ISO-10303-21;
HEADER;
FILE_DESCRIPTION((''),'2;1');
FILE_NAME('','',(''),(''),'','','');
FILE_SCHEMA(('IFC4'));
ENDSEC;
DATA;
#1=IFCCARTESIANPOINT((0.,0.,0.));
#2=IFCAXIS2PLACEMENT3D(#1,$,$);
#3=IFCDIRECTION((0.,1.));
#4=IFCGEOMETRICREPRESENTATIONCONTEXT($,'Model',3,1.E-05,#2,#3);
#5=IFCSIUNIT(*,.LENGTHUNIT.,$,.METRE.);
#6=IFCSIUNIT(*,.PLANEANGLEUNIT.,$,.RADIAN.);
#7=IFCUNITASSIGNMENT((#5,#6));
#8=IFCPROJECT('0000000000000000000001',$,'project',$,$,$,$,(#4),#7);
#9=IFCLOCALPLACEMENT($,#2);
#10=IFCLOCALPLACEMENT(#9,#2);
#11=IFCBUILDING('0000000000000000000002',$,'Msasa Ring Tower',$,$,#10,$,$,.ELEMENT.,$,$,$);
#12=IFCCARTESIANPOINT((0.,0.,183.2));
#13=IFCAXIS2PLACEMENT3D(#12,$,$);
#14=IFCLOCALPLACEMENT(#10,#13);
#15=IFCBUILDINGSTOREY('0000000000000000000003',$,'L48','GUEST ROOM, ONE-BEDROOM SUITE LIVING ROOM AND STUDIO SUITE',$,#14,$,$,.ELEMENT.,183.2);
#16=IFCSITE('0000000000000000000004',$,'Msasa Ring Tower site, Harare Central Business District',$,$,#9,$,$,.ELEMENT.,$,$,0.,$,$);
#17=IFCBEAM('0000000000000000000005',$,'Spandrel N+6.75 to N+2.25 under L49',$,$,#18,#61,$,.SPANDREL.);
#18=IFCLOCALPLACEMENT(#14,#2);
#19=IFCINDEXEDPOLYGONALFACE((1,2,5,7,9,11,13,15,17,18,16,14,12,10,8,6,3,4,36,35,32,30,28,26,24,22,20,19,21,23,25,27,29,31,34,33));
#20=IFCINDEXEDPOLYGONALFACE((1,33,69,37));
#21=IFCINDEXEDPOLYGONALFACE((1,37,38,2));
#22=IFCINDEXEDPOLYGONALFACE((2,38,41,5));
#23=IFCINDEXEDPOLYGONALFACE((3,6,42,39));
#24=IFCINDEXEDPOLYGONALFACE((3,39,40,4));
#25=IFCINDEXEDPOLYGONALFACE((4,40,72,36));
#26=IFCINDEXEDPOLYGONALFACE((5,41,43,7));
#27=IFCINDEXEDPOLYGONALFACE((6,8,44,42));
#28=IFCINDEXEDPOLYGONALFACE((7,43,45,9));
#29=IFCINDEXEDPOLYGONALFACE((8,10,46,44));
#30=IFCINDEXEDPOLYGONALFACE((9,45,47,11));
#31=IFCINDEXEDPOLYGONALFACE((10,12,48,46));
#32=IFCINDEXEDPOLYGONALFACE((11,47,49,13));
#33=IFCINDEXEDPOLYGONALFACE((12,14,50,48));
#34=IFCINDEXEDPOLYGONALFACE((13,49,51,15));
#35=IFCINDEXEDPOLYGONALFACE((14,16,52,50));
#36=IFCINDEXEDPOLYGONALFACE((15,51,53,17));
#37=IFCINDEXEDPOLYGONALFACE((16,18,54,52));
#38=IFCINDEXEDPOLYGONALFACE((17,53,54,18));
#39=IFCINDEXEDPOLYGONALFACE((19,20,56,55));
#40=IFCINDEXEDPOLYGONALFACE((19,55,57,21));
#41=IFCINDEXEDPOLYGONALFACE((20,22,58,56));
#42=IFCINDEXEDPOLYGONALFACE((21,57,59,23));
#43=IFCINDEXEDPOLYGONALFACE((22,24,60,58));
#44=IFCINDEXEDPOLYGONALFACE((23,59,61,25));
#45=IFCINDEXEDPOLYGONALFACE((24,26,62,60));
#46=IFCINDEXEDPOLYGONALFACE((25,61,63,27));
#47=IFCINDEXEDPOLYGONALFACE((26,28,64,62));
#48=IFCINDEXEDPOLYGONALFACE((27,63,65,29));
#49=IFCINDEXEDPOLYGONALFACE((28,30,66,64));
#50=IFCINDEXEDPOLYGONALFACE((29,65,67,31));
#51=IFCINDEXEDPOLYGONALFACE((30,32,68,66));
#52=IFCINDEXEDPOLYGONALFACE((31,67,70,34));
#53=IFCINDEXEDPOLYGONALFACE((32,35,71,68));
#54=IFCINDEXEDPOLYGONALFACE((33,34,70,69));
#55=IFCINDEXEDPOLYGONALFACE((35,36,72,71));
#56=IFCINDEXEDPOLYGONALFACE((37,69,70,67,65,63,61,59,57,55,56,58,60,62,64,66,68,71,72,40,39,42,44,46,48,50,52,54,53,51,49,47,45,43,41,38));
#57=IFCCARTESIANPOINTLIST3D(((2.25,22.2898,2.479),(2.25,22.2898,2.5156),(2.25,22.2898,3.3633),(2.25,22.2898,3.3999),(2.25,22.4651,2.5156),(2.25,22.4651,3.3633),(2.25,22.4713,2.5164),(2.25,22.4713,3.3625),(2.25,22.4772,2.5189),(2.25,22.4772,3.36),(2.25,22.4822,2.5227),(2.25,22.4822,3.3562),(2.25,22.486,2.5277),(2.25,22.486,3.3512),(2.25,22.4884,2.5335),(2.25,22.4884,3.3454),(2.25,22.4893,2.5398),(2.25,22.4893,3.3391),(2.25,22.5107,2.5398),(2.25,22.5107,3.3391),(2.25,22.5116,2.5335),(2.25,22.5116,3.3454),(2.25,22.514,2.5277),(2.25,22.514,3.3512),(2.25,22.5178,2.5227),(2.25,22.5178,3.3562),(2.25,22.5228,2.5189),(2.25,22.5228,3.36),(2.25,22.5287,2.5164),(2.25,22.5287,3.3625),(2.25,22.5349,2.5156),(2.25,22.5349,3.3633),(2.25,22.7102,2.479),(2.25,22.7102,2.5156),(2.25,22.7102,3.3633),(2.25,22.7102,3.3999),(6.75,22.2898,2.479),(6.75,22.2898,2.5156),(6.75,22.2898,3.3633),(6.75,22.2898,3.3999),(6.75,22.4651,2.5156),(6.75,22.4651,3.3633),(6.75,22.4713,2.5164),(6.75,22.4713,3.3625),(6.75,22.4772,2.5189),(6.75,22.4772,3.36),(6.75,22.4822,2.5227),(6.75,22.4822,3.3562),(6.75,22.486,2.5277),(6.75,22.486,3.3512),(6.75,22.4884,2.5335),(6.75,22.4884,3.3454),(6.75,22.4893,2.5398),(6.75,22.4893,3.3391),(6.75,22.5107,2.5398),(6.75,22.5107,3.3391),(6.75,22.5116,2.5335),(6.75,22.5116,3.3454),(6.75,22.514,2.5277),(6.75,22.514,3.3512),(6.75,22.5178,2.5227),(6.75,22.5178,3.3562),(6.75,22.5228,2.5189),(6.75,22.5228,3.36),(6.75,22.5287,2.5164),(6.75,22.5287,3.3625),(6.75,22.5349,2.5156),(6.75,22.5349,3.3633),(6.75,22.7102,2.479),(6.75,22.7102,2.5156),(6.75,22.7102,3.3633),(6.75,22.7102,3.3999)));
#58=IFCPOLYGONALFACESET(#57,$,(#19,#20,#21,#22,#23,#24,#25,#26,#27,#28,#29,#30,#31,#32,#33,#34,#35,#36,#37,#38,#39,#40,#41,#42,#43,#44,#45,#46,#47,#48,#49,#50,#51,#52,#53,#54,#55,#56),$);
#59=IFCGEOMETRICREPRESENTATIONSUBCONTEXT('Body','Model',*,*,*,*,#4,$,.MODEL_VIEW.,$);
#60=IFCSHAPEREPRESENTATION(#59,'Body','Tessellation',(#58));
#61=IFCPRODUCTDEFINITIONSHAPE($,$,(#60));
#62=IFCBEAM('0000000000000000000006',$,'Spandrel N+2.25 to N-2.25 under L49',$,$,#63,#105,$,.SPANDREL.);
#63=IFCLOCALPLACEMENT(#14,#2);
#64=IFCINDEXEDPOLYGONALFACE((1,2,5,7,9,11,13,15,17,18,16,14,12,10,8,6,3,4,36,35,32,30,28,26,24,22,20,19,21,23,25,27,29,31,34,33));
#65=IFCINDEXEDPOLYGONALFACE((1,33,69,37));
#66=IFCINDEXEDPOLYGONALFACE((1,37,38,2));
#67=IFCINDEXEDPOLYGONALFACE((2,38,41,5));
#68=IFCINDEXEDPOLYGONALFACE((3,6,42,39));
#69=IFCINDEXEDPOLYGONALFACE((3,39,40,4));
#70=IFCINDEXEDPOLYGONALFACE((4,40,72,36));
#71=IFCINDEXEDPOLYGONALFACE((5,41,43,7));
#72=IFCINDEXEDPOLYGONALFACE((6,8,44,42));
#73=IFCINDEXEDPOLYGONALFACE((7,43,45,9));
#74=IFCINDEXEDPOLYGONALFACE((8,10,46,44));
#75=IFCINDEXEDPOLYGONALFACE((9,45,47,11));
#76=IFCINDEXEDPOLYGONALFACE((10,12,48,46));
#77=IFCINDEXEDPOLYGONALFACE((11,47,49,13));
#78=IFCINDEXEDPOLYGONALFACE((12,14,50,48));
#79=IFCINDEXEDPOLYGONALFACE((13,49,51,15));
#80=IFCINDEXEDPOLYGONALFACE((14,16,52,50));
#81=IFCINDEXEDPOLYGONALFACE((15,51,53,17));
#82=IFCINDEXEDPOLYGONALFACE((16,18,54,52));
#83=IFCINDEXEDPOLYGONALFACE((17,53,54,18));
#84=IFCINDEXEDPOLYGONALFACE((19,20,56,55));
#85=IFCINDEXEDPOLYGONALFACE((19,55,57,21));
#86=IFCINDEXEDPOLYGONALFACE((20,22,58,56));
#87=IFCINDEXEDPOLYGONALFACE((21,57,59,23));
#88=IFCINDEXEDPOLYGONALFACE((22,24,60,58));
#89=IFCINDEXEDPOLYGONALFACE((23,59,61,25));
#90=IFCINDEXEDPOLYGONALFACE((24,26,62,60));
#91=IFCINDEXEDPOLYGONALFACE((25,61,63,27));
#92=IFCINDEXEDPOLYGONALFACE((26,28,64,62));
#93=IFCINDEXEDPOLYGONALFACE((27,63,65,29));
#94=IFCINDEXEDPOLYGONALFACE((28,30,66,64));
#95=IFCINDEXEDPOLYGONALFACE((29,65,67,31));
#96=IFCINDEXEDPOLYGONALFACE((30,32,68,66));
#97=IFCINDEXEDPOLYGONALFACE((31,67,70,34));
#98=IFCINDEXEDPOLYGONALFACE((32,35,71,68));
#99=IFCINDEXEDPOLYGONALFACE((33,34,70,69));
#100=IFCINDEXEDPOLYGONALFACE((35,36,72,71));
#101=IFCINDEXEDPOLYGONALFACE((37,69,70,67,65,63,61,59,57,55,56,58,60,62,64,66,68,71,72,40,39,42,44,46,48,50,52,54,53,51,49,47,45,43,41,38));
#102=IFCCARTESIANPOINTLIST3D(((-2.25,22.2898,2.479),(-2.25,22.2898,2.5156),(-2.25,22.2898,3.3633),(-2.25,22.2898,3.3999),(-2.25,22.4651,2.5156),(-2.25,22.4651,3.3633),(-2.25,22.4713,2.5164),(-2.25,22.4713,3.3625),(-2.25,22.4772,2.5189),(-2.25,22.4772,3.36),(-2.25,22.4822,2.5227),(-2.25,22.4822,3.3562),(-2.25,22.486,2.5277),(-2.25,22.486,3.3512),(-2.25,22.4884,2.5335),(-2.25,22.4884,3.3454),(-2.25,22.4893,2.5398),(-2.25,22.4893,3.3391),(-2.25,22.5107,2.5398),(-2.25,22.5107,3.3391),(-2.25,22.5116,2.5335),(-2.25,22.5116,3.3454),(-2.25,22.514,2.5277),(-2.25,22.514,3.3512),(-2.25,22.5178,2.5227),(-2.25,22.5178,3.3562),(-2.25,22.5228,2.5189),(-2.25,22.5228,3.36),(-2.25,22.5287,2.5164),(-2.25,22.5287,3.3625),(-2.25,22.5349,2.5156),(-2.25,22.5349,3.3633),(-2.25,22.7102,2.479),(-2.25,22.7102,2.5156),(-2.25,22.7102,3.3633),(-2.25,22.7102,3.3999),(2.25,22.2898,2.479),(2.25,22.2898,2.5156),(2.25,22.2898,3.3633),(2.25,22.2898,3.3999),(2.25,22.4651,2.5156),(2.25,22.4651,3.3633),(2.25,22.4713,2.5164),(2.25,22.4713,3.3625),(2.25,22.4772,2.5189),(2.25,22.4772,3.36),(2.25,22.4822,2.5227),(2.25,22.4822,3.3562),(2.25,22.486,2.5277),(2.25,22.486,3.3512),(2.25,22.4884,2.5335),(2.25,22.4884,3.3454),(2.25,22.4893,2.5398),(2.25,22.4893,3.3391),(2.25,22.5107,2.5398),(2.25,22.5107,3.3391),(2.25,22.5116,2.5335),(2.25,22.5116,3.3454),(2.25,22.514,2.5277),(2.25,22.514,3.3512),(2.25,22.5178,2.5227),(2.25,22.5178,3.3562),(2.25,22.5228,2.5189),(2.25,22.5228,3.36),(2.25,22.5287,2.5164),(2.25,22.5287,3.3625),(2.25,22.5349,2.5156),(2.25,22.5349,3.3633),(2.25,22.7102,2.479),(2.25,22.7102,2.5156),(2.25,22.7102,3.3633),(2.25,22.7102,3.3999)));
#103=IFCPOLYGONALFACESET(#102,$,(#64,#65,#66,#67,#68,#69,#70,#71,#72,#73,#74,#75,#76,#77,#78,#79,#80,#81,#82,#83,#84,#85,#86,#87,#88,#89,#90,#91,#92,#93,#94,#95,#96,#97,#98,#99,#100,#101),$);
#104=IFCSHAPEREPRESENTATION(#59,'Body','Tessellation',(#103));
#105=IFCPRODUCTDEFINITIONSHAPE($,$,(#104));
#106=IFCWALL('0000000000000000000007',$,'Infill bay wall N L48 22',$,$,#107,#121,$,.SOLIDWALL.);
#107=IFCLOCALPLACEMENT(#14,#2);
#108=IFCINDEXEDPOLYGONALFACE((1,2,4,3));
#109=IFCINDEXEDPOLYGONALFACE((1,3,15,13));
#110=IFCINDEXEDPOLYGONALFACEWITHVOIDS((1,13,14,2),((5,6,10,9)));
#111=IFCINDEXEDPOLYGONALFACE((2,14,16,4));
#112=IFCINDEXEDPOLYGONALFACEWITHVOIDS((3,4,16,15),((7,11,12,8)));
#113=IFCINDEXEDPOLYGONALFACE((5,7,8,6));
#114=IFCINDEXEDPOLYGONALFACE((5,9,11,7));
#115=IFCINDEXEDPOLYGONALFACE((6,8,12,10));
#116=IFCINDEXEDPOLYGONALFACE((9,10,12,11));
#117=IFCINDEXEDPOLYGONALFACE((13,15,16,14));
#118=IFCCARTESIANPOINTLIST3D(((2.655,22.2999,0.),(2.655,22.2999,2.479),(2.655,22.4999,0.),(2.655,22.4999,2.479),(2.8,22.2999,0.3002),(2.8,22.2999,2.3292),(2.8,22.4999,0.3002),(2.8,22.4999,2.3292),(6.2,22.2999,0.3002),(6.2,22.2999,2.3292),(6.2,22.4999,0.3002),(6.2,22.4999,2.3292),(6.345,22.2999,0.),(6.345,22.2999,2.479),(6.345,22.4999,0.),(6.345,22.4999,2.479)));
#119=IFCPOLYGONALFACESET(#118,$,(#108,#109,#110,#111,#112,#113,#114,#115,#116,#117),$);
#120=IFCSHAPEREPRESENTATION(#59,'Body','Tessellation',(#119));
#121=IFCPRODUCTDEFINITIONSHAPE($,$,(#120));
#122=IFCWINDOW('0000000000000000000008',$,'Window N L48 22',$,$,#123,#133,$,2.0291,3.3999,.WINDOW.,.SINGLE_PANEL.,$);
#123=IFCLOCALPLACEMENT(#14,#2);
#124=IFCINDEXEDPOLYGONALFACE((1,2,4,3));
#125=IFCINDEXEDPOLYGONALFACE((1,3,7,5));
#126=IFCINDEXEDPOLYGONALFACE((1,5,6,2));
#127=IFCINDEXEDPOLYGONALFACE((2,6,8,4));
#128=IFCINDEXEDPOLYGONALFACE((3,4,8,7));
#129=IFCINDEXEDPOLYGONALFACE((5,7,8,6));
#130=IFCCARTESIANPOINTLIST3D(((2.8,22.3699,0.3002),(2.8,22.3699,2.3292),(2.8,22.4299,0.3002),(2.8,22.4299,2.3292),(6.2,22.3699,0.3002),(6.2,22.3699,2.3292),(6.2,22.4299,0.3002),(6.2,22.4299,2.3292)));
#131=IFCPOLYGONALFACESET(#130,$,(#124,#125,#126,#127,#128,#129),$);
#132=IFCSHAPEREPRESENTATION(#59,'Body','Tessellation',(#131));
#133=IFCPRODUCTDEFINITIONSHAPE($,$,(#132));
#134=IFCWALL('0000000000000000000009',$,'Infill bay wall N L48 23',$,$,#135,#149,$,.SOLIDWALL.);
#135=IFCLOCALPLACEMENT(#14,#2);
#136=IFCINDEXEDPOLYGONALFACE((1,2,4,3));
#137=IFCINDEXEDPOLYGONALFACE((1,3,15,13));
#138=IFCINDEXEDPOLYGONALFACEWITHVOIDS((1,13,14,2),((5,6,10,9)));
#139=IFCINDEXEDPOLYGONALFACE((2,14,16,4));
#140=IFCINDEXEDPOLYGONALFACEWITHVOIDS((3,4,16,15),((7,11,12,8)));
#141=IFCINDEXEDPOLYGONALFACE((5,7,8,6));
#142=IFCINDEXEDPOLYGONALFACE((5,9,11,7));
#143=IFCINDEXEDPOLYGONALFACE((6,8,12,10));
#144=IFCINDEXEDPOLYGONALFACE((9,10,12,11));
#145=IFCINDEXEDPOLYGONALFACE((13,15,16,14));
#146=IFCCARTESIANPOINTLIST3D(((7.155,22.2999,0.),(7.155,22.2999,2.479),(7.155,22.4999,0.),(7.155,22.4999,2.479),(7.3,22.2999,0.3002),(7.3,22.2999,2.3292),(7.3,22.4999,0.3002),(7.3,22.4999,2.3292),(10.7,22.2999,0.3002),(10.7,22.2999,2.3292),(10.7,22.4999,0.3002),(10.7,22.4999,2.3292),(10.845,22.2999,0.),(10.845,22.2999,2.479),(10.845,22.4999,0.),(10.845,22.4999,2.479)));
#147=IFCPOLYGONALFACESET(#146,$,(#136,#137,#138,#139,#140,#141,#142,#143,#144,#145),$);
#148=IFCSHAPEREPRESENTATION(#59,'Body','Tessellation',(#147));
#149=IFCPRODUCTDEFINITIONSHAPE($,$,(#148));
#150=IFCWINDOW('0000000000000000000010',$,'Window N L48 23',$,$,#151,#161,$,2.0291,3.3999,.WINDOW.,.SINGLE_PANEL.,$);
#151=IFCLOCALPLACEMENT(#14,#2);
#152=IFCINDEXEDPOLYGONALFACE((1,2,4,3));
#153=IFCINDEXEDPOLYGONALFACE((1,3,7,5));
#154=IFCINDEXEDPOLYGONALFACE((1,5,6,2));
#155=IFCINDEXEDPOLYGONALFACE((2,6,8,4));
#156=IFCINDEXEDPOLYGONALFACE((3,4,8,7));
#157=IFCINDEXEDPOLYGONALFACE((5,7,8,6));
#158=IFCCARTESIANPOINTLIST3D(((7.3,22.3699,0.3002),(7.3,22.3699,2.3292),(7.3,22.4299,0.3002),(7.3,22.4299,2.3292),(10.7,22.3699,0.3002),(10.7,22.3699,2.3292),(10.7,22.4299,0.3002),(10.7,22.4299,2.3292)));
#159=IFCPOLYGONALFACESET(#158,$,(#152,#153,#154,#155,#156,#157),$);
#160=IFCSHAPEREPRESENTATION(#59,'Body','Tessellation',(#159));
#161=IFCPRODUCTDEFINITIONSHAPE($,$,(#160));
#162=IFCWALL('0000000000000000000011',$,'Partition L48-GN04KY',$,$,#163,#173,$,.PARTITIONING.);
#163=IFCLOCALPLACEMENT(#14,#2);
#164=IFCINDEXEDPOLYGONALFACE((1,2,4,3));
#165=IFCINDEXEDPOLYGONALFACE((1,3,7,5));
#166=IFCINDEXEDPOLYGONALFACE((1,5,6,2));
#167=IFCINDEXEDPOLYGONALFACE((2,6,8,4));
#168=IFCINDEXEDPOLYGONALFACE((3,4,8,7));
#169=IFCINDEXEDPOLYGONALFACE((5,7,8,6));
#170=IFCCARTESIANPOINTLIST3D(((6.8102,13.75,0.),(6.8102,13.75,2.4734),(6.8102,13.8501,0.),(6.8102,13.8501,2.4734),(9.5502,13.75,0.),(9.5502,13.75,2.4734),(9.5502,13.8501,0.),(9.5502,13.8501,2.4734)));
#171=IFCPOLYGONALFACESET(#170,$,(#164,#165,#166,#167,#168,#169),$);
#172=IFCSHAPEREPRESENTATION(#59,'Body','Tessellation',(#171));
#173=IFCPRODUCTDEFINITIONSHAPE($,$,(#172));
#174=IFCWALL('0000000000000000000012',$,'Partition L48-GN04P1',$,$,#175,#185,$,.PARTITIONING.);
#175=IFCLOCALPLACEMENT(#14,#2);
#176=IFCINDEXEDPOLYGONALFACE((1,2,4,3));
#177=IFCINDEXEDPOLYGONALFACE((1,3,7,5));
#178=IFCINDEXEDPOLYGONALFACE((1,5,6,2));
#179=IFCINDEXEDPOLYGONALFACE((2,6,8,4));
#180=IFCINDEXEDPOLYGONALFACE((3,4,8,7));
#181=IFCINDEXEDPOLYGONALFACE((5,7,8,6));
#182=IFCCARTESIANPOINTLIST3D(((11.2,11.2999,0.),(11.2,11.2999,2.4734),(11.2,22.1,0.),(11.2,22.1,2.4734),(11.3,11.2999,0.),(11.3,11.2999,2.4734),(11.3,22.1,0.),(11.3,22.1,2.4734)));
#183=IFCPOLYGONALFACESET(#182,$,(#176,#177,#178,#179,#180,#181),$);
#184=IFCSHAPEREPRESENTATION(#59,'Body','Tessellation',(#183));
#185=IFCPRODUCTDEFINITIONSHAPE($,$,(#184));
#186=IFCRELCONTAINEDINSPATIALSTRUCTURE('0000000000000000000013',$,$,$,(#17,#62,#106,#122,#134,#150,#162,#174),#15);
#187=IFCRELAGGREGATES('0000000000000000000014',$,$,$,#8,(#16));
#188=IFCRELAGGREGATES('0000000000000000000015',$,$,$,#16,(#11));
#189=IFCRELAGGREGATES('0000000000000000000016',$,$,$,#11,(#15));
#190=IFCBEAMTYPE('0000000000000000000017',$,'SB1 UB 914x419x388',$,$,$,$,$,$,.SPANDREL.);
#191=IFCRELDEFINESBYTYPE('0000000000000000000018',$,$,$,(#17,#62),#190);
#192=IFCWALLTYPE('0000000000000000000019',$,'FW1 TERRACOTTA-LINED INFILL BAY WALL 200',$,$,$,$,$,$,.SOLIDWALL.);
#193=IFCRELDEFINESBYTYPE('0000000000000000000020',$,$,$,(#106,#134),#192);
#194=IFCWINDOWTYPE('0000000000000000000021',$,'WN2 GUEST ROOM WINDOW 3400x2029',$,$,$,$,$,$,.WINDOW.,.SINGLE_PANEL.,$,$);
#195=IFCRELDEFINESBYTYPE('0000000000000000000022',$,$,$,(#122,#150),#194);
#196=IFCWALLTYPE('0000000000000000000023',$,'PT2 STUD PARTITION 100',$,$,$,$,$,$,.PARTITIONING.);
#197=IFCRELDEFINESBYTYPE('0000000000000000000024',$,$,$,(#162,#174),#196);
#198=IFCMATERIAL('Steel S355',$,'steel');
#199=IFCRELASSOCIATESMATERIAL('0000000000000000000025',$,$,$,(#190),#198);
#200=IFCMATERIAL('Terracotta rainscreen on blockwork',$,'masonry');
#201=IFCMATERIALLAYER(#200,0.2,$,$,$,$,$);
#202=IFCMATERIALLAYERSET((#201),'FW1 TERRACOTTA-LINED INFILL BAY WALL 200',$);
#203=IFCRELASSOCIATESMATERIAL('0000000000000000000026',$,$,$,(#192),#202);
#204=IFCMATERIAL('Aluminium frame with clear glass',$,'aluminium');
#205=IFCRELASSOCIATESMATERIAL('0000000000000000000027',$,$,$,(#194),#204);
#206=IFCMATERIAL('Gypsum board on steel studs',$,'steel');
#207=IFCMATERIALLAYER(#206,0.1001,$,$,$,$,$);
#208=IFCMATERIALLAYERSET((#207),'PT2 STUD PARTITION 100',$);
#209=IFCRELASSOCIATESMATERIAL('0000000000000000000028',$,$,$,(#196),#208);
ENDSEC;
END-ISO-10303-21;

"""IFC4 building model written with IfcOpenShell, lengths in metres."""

from ifc_helpers import new_model, si_unit, direction, frame, frame_2d, origin, origin_2d, place, context, subcontext, project, spatial, rectangle, i_section, extrude, material, layer, layer_set, material_profile, profile_set, type_object, element, fill, save


model = new_model("IFC4")

# Units and contexts
model_context = context("Model", 3, precision=1e-05, world=origin(), true_north=direction((0.0, 1.0)))
body_context = subcontext(model_context, "Body", "Model", "MODEL_VIEW")
ifc_project = project(units=[si_unit("LENGTHUNIT", "METRE"), si_unit("PLANEANGLEUNIT", "RADIAN")], contexts=[model_context])

# Site, building, storey
site_placement = place(None, origin())
site = spatial("IfcSite", under=ifc_project, at=site_placement, Name="Msasa Ring Tower site, Harare Central Business District", CompositionType="ELEMENT", RefElevation=0.0)
building_placement = place(site_placement, origin())
building = spatial("IfcBuilding", under=site, at=building_placement, Name="Msasa Ring Tower", CompositionType="ELEMENT")
storey_placement = place(building_placement, frame((0.0, 0.0, 183.2)))
storey = spatial("IfcBuildingStorey", under=building, at=storey_placement, Name="L48", Description="GUEST ROOM, ONE-BEDROOM SUITE LIVING ROOM AND STUDIO SUITE", CompositionType="ELEMENT", Elevation=183.2)

# Beams
ifc_material_1 = material(Name="Steel S355", Category="steel")
ifc_material_profile_1 = material_profile(ifc_material_1, i_section(OverallWidth=0.4204, OverallDepth=0.9209, WebThickness=0.0215, FlangeThickness=0.0366, FilletRadius=0.0242, at=origin_2d()), Name="UB 914x419x388")
ifc_profile_set_1 = profile_set([ifc_material_profile_1], Name="Steel S355")
beam_type_1 = type_object("IfcBeamType", Name="SB1 UB 914x419x388", PredefinedType="SPANDREL", material=ifc_profile_set_1)
for number, where, z_axis, x_axis, name in (
    (1, (6.75, 22.5, 2.9395), (-1.0, 0.0, 0.0), (0.0, -1.0, 0.0), "Spandrel N+6.75 to N+2.25 under L49"),
    (2, (2.25, 22.5, 2.9395), (-1.0, 0.0, 0.0), (0.0, -1.0, 0.0), "Spandrel N+2.25 to N-2.25 under L49"),
):
    element("IfcBeam", number, at=place(storey_placement, frame(where, z_axis=z_axis, x_axis=x_axis)), inside=storey, type_object=beam_type_1, Name=name, PredefinedType="SPANDREL", context=body_context, shape_type="SweptSolid", body=[
        extrude(i_section(OverallWidth=0.4204, OverallDepth=0.9209, WebThickness=0.0215, FlangeThickness=0.0366, FilletRadius=0.0242, at=origin_2d()), origin(), (0.0, 0.0, 1.0), 4.5),
    ])

# Walls, openings, windows
ifc_material_2 = material(Name="Terracotta rainscreen on blockwork", Category="masonry")
ifc_layer_1 = layer(ifc_material_2, 0.2)
ifc_layer_set_1 = layer_set([ifc_layer_1], Name="FW1 TERRACOTTA-LINED INFILL BAY WALL 200")
wall_type_1 = type_object("IfcWallType", Name="FW1 TERRACOTTA-LINED INFILL BAY WALL 200", PredefinedType="SOLIDWALL", material=ifc_layer_set_1)
wall_1_placement = place(storey_placement, frame((2.655, 22.3999, 0.0), z_axis=(0.0, 0.0, 1.0), x_axis=(1.0, 0.0, 0.0)))
wall_1 = element("IfcWall", 3, at=wall_1_placement, inside=storey, type_object=wall_type_1, Name="Infill bay wall N L48 22", PredefinedType="SOLIDWALL", context=body_context, shape_type="SweptSolid", body=[
    extrude(rectangle(XDim=3.6899, YDim=0.2, at=frame_2d((1.845, 0.0))), origin(), (0.0, 0.0, 1.0), 2.479),
])
opening_1_placement = place(wall_1_placement, frame((0.145, 0.0, 0.3)))
opening_1 = element("IfcOpeningElement", 4, at=opening_1_placement, cuts=wall_1, PredefinedType="OPENING", context=body_context, shape_type="SweptSolid", body=[
    extrude(rectangle(XDim=3.3999, YDim=2.0291, at=frame_2d((1.7, 1.0146))), frame((0.0, 0.1099, 0.0), z_axis=(0.0, -1.0, 0.0), x_axis=(1.0, 0.0, 0.0)), (0.0, 0.0, 1.0), 0.22),
])
ifc_material_3 = material(Name="Aluminium frame with clear glass", Category="aluminium")
window_type = type_object("IfcWindowType", Name="WN2 GUEST ROOM WINDOW 3400x2029", PartitioningType="SINGLE_PANEL", PredefinedType="WINDOW", material=ifc_material_3)
window_1_placement = place(opening_1_placement, origin())
window_1 = element("IfcWindow", 5, at=window_1_placement, inside=storey, type_object=window_type, Name="Window N L48 22", OverallHeight=2.0291, OverallWidth=3.3999, PartitioningType="SINGLE_PANEL", PredefinedType="WINDOW", context=body_context, shape_type="SweptSolid", body=[
    extrude(rectangle(XDim=3.3999, YDim=2.0291, at=frame_2d((1.7, 1.0146))), frame((0.0, 0.03, 0.0), z_axis=(0.0, -1.0, 0.0), x_axis=(1.0, 0.0, 0.0)), (0.0, 0.0, 1.0), 0.0601),
])
fill(opening_1, window_1)
wall_2_placement = place(storey_placement, frame((7.155, 22.3999, 0.0), z_axis=(0.0, 0.0, 1.0), x_axis=(1.0, 0.0, 0.0)))
wall_2 = element("IfcWall", 6, at=wall_2_placement, inside=storey, type_object=wall_type_1, Name="Infill bay wall N L48 23", PredefinedType="SOLIDWALL", context=body_context, shape_type="SweptSolid", body=[
    extrude(rectangle(XDim=3.6899, YDim=0.2, at=frame_2d((1.845, 0.0))), origin(), (0.0, 0.0, 1.0), 2.479),
])
opening_2_placement = place(wall_2_placement, frame((0.145, 0.0, 0.3)))
opening_2 = element("IfcOpeningElement", 7, at=opening_2_placement, cuts=wall_2, PredefinedType="OPENING", context=body_context, shape_type="SweptSolid", body=[
    extrude(rectangle(XDim=3.3999, YDim=2.0291, at=frame_2d((1.7, 1.0146))), frame((0.0, 0.1099, 0.0), z_axis=(0.0, -1.0, 0.0), x_axis=(1.0, 0.0, 0.0)), (0.0, 0.0, 1.0), 0.22),
])
window_2_placement = place(opening_2_placement, origin())
window_2 = element("IfcWindow", 8, at=window_2_placement, inside=storey, type_object=window_type, Name="Window N L48 23", OverallHeight=2.0291, OverallWidth=3.3999, PartitioningType="SINGLE_PANEL", PredefinedType="WINDOW", context=body_context, shape_type="SweptSolid", body=[
    extrude(rectangle(XDim=3.3999, YDim=2.0291, at=frame_2d((1.7, 1.0146))), frame((0.0, 0.03, 0.0), z_axis=(0.0, -1.0, 0.0), x_axis=(1.0, 0.0, 0.0)), (0.0, 0.0, 1.0), 0.0601),
])
fill(opening_2, window_2)

# Walls
ifc_material_4 = material(Name="Gypsum board on steel studs", Category="steel")
ifc_layer_2 = layer(ifc_material_4, 0.1001)
ifc_layer_set_2 = layer_set([ifc_layer_2], Name="PT2 STUD PARTITION 100")
wall_type_2 = type_object("IfcWallType", Name="PT2 STUD PARTITION 100", PredefinedType="PARTITIONING", material=ifc_layer_set_2)
wall_3_placement = place(storey_placement, frame((6.8101, 13.8, 0.0), z_axis=(0.0, 0.0, 1.0), x_axis=(1.0, 0.0, 0.0)))
element("IfcWall", 9, at=wall_3_placement, inside=storey, type_object=wall_type_2, Name="Partition L48-GN04KY", PredefinedType="PARTITIONING", context=body_context, shape_type="SweptSolid", body=[
    extrude(rectangle(XDim=2.74, YDim=0.1001, at=frame_2d((1.3701, 0.0))), origin(), (0.0, 0.0, 1.0), 2.4734),
])
wall_4_placement = place(storey_placement, frame((11.25, 11.3, 0.0), z_axis=(0.0, 0.0, 1.0), x_axis=(0.0, 1.0, 0.0)))
element("IfcWall", 10, at=wall_4_placement, inside=storey, type_object=wall_type_2, Name="Partition L48-GN04P1", PredefinedType="PARTITIONING", context=body_context, shape_type="SweptSolid", body=[
    extrude(rectangle(XDim=10.8, YDim=0.1001, at=frame_2d((5.3999, 0.0))), origin(), (0.0, 0.0, 1.0), 2.4734),
])

save(model, "model.ifc")
